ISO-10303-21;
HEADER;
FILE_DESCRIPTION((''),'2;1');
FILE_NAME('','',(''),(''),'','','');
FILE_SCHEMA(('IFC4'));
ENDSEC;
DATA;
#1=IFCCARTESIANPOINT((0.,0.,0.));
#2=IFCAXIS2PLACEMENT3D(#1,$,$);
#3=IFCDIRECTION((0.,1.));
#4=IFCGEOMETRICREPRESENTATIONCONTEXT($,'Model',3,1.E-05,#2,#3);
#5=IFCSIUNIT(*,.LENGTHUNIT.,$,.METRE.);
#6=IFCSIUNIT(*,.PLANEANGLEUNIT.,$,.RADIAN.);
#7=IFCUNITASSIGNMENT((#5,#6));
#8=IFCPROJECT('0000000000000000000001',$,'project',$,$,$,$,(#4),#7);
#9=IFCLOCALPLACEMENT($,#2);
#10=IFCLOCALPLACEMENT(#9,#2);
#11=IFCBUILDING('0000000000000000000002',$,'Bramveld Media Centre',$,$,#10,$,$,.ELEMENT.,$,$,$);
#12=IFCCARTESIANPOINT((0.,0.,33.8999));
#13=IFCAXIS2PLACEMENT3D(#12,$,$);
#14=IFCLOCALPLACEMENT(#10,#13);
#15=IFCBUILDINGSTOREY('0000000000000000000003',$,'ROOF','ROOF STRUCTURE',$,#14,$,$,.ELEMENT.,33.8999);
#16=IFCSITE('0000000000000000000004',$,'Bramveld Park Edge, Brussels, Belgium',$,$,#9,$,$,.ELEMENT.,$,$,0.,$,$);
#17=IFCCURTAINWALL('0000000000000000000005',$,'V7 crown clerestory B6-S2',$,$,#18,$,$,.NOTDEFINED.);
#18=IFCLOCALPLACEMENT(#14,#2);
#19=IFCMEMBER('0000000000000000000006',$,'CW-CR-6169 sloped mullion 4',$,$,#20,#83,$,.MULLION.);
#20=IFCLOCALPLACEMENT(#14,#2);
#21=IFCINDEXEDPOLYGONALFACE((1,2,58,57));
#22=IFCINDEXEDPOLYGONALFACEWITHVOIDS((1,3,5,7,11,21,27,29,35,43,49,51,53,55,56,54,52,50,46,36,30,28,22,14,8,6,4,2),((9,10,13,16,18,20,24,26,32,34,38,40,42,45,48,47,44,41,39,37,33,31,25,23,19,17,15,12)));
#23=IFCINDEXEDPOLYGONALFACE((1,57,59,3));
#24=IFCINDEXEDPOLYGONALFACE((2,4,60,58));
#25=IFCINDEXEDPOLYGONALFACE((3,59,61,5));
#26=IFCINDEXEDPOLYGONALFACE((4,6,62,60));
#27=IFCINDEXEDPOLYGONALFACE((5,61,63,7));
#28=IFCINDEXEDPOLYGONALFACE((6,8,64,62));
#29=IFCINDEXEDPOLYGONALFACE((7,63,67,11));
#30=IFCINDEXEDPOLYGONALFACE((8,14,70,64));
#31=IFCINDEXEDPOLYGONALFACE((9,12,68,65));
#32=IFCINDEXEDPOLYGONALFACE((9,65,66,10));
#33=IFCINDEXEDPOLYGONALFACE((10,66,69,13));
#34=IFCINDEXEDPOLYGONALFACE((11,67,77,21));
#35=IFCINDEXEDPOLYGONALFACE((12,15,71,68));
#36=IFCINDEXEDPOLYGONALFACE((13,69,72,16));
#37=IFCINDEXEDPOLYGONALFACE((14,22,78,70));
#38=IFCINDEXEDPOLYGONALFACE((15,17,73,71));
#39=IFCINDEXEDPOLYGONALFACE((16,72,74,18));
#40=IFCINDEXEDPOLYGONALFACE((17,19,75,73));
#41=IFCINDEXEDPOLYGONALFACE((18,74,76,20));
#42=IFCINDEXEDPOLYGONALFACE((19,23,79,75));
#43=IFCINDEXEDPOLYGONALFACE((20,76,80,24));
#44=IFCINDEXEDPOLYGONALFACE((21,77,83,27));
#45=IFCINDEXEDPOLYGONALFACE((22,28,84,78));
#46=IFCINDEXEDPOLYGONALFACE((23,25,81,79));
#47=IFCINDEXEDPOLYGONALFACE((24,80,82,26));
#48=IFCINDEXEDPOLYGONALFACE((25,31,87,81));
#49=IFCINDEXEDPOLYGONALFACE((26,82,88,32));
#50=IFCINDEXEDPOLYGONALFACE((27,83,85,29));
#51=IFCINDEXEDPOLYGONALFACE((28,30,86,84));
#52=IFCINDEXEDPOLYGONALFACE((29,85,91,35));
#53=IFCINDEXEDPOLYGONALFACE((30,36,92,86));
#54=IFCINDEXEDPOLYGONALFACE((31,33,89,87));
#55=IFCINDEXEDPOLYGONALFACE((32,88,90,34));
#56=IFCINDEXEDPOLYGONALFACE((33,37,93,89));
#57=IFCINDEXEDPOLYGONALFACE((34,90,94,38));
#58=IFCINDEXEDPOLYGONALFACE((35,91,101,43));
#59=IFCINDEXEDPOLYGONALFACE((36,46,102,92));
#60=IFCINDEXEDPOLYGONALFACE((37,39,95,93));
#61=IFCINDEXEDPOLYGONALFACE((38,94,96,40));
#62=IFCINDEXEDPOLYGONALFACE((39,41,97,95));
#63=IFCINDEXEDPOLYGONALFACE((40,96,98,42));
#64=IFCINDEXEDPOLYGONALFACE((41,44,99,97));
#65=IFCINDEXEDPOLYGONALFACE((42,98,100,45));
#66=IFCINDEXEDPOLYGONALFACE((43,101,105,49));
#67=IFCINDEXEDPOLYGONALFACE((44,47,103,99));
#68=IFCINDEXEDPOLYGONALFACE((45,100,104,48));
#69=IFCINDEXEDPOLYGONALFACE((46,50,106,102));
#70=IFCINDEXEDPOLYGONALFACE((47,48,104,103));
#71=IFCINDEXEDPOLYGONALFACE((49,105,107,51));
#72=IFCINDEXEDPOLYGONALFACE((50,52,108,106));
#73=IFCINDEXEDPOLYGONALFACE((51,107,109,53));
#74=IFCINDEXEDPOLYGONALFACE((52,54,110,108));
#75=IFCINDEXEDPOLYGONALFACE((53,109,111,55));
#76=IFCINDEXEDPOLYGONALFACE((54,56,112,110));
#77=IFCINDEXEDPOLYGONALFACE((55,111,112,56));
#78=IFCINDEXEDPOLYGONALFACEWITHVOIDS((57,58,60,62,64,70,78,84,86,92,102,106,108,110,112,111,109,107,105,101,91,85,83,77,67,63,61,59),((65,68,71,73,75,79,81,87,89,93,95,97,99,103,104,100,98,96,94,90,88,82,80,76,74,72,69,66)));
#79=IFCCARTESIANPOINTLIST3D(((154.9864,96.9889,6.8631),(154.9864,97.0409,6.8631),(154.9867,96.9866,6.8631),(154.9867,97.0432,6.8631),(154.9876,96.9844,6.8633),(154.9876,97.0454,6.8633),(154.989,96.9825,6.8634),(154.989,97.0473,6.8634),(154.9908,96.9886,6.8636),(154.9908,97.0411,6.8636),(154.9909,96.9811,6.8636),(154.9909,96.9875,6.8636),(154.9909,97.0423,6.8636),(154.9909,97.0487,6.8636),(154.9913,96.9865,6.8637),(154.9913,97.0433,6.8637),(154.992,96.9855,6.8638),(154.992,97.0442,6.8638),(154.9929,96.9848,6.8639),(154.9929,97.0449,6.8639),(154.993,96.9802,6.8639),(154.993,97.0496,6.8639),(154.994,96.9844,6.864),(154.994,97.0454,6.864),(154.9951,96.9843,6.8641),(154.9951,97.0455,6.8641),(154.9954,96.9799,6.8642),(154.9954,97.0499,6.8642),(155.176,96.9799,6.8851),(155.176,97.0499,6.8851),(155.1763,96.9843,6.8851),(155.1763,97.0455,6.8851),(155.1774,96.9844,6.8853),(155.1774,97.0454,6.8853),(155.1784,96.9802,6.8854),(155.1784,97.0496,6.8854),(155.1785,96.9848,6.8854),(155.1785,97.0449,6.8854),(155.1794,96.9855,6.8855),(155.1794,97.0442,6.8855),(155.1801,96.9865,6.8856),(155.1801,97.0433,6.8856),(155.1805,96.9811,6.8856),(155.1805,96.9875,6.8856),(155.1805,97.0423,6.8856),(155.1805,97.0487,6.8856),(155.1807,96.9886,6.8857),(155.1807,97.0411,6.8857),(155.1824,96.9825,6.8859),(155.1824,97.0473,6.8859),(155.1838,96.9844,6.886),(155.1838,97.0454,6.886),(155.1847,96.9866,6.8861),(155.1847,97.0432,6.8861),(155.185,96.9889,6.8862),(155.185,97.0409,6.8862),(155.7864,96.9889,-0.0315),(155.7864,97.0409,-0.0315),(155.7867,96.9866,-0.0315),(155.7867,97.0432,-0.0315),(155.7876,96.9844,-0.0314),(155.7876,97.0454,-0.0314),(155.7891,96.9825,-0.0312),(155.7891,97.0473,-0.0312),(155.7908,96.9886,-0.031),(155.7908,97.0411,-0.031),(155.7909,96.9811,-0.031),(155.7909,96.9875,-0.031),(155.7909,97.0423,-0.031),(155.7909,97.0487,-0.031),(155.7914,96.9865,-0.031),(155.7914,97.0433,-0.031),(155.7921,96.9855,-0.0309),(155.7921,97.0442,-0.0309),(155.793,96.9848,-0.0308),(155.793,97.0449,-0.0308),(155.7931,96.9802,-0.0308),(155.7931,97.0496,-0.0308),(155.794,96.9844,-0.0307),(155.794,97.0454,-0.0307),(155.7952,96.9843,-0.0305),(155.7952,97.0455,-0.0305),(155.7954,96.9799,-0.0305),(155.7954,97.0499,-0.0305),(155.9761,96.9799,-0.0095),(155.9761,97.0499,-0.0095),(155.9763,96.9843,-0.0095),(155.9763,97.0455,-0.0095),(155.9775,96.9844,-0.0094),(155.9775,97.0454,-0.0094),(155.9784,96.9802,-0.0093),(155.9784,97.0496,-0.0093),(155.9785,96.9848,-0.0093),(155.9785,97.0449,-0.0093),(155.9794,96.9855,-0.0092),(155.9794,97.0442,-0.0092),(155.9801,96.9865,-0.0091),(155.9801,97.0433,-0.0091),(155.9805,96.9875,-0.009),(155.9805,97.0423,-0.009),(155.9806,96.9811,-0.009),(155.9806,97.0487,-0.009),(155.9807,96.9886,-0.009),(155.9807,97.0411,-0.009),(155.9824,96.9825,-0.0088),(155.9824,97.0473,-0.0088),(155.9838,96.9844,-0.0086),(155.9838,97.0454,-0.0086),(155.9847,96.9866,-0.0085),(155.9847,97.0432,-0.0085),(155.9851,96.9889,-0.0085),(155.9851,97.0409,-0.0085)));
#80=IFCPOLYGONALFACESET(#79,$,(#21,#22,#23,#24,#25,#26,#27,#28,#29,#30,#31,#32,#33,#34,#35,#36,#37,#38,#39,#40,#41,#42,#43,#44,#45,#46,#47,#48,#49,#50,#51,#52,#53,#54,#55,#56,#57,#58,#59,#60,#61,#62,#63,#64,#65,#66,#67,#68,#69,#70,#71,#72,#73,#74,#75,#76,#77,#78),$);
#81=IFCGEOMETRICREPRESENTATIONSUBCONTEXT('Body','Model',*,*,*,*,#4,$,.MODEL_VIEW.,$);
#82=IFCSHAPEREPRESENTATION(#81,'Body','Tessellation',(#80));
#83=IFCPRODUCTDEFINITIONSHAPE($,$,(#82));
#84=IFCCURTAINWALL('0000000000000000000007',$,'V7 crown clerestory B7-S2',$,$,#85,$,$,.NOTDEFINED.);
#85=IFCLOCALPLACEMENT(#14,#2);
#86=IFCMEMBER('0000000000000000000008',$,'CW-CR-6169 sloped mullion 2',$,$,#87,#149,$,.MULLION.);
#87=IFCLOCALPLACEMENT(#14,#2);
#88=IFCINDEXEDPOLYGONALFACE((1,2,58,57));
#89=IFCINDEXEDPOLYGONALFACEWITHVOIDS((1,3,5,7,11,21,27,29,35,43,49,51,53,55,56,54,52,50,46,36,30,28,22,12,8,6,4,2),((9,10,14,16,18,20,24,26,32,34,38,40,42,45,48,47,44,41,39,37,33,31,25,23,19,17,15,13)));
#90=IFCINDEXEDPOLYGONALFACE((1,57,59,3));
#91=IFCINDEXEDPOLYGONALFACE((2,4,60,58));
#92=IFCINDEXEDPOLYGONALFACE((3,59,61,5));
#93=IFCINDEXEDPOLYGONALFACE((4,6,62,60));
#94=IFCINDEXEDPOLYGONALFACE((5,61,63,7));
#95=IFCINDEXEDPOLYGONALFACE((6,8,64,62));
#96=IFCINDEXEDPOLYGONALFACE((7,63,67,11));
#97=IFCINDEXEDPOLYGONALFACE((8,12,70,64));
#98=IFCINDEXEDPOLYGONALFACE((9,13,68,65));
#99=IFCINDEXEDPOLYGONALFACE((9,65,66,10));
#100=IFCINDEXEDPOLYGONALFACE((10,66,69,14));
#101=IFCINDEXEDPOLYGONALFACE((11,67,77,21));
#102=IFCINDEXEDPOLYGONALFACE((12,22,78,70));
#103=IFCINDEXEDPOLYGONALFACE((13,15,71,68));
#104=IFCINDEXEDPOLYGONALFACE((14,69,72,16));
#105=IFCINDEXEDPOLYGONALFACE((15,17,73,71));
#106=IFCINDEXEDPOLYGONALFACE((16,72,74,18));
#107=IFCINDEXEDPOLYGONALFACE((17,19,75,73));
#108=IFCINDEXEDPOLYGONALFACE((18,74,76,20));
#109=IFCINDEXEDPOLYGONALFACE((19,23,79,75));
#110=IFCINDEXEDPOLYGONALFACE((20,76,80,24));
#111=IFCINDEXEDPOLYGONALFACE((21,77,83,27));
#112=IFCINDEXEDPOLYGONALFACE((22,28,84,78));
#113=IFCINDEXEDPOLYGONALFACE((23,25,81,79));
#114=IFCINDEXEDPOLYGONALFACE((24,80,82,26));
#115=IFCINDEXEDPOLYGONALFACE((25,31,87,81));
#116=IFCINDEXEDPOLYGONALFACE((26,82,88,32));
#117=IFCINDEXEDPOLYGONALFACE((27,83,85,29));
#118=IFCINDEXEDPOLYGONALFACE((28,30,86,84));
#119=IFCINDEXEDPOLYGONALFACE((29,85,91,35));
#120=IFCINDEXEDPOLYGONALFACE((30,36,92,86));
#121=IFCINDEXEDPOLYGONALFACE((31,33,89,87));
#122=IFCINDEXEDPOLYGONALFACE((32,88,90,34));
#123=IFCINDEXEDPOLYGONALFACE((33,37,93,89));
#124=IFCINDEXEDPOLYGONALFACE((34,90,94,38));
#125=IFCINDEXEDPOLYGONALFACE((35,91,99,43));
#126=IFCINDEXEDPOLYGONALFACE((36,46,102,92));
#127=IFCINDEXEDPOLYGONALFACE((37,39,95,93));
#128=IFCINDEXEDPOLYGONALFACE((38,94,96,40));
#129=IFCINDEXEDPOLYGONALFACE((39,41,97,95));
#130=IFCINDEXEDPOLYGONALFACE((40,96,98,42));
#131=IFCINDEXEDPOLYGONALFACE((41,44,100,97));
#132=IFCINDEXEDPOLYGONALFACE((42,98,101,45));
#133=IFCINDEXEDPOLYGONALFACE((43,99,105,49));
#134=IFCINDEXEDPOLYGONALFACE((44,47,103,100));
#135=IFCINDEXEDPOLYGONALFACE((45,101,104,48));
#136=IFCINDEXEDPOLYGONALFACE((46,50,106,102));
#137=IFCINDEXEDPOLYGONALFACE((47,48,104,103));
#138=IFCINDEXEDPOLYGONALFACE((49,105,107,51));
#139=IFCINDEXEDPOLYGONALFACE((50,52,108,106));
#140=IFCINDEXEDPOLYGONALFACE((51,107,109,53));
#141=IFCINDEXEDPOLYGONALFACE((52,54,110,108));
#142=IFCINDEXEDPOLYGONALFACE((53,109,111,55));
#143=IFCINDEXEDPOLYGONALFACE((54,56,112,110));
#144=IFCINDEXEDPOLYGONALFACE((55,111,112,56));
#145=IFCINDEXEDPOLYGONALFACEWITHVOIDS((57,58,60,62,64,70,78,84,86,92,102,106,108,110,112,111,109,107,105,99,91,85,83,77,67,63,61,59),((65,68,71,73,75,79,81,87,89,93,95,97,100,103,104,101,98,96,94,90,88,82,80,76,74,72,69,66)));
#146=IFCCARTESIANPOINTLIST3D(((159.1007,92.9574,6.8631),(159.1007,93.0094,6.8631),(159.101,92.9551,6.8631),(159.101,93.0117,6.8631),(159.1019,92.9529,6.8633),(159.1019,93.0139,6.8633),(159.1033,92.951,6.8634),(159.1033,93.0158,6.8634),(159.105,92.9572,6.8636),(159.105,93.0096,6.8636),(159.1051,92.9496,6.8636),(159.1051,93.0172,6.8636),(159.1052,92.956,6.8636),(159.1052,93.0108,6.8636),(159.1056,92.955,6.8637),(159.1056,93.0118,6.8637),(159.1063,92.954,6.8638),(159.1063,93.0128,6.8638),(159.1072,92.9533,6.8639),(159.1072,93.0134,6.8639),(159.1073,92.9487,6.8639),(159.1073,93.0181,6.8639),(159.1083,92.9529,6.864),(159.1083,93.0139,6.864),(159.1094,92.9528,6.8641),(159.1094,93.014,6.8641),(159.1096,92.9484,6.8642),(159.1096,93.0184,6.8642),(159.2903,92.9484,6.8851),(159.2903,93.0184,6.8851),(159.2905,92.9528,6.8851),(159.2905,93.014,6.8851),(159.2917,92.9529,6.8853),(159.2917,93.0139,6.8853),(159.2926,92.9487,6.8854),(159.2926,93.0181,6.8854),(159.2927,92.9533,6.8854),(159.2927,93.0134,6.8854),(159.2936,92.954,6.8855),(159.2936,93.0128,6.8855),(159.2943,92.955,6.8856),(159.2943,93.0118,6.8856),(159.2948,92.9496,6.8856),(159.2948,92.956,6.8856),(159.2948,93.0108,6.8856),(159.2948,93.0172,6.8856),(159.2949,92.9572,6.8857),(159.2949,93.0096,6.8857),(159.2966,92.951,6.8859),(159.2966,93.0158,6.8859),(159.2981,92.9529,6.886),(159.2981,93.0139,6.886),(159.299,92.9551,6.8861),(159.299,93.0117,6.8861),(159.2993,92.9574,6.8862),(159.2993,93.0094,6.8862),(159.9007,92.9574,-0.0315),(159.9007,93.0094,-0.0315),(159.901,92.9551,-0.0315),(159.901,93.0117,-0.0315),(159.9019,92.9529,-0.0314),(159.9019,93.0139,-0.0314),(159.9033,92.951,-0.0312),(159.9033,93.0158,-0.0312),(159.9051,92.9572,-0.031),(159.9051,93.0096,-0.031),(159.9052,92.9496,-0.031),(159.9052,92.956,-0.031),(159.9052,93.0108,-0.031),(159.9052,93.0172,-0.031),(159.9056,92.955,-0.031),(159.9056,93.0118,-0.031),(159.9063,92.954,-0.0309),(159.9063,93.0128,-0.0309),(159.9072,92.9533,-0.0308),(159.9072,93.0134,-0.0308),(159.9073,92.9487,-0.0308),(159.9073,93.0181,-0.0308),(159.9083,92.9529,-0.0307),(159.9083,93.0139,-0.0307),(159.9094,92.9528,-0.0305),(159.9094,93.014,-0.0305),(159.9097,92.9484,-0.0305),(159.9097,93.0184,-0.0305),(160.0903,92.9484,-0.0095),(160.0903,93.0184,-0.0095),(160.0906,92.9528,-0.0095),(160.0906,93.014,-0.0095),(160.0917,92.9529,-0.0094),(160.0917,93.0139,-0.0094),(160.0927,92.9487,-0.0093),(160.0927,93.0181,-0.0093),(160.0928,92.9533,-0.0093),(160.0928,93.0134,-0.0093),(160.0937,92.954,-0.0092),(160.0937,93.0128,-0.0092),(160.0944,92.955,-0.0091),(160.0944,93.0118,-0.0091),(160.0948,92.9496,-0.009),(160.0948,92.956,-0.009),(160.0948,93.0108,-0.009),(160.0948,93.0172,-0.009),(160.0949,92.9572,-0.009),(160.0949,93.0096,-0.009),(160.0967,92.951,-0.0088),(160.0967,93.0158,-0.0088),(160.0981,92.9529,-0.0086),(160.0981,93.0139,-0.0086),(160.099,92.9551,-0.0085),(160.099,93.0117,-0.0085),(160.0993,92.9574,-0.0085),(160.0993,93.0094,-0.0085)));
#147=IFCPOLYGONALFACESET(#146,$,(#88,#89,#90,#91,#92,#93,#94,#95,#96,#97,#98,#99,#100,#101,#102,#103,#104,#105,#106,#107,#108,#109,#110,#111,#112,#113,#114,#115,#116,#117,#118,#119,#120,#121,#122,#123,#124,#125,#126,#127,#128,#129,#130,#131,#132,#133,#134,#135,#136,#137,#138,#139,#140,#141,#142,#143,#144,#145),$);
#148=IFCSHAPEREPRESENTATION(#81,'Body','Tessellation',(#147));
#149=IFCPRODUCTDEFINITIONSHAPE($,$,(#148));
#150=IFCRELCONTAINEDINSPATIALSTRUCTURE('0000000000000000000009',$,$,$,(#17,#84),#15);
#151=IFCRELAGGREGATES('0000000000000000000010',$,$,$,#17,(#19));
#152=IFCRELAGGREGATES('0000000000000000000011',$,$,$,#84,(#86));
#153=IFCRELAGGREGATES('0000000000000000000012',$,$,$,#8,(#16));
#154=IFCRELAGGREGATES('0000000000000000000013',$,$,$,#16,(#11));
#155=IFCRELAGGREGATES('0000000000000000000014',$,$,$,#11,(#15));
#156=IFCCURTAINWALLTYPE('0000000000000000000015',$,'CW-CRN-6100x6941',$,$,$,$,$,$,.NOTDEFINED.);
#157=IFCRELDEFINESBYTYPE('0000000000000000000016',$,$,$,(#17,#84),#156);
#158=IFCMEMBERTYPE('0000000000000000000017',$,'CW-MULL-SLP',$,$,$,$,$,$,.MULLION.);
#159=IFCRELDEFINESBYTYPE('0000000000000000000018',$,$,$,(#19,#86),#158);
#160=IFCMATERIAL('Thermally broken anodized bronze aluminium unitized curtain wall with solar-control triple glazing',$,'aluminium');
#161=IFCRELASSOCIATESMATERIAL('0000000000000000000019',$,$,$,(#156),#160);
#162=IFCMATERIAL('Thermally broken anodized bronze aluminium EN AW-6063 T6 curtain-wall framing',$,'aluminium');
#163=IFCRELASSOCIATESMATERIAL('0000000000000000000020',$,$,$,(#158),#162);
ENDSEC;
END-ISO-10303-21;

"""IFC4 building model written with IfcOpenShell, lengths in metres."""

from ifc_helpers import new_model, si_unit, direction, frame, origin, origin_2d, place, context, subcontext, project, spatial, hollow_rectangle, extrude, material, material_profile, profile_set, type_object, element, aggregate, save


model = new_model("IFC4")

# Units and contexts
model_context = context("Model", 3, precision=1e-05, world=origin(), true_north=direction((0.0, 1.0)))
body_context = subcontext(model_context, "Body", "Model", "MODEL_VIEW")
ifc_project = project(units=[si_unit("LENGTHUNIT", "METRE"), si_unit("PLANEANGLEUNIT", "RADIAN")], contexts=[model_context])

# Site, building, storey
site_placement = place(None, origin())
site = spatial("IfcSite", under=ifc_project, at=site_placement, Name="Bramveld Park Edge, Brussels, Belgium", CompositionType="ELEMENT", RefElevation=0.0)
building_placement = place(site_placement, origin())
building = spatial("IfcBuilding", under=site, at=building_placement, Name="Bramveld Media Centre", CompositionType="ELEMENT")
storey_placement = place(building_placement, frame((0.0, 0.0, 33.8999)))
storey = spatial("IfcBuildingStorey", under=building, at=storey_placement, Name="ROOF", Description="ROOF STRUCTURE", CompositionType="ELEMENT", Elevation=33.8999)

# Curtain walls, members
ifc_material_1 = material(Name="Thermally broken anodized bronze aluminium unitized curtain wall with solar-control triple glazing", Category="aluminium")
curtain_wall_type = type_object("IfcCurtainWallType", Name="CW-CRN-6100x6941", PredefinedType="NOTDEFINED", material=ifc_material_1)
curtain_wall_1_placement = place(storey_placement, origin())
curtain_wall_1 = element("IfcCurtainWall", 1, at=curtain_wall_1_placement, inside=storey, type_object=curtain_wall_type, Name="V7 crown clerestory B6-S2", PredefinedType="NOTDEFINED")
ifc_material_2 = material(Name="Thermally broken anodized bronze aluminium EN AW-6063 T6 curtain-wall framing", Category="aluminium")
ifc_material_profile_1 = material_profile(ifc_material_2, hollow_rectangle(XDim=0.0701, YDim=0.2, WallThickness=0.0044, InnerFilletRadius=0.0044, OuterFilletRadius=0.009, at=origin_2d()), Name="AL-MULL 70x200")
ifc_profile_set_1 = profile_set([ifc_material_profile_1], Name="Thermally broken anodized bronze aluminium EN AW-6063 T6 curtain-wall framing")
member_type_1 = type_object("IfcMemberType", Name="CW-MULL-SLP", PredefinedType="MULLION", material=ifc_profile_set_1)
member_1_placement = place(storey_placement, frame((155.8857, 97.0149, -0.02), z_axis=(-0.115264, 0.0, 0.993335), x_axis=(0.0, -1.0, 0.0)))
member_1 = element("IfcMember", 2, at=member_1_placement, type_object=member_type_1, Name="CW-CR-6169 sloped mullion 4", PredefinedType="MULLION", context=body_context, shape_type="SweptSolid", body=[
    extrude(hollow_rectangle(XDim=0.0701, YDim=0.2, WallThickness=0.0044, InnerFilletRadius=0.0044, OuterFilletRadius=0.009, at=origin_2d()), origin(), (0.0, 0.0, 1.0), 6.9409),
])
curtain_wall_2_placement = place(storey_placement, origin())
curtain_wall_2 = element("IfcCurtainWall", 3, at=curtain_wall_2_placement, inside=storey, type_object=curtain_wall_type, Name="V7 crown clerestory B7-S2", PredefinedType="NOTDEFINED")
member_2_placement = place(storey_placement, frame((160.0, 92.9834, -0.02), z_axis=(-0.115264, 0.0, 0.993335), x_axis=(0.0, -1.0, 0.0)))
member_2 = element("IfcMember", 4, at=member_2_placement, type_object=member_type_1, Name="CW-CR-6169 sloped mullion 2", PredefinedType="MULLION", context=body_context, shape_type="SweptSolid", body=[
    extrude(hollow_rectangle(XDim=0.0701, YDim=0.2, WallThickness=0.0044, InnerFilletRadius=0.0044, OuterFilletRadius=0.009, at=origin_2d()), origin(), (0.0, 0.0, 1.0), 6.9409),
])

aggregate(curtain_wall_1, [member_1])
aggregate(curtain_wall_2, [member_2])

save(model, "model.ifc")
